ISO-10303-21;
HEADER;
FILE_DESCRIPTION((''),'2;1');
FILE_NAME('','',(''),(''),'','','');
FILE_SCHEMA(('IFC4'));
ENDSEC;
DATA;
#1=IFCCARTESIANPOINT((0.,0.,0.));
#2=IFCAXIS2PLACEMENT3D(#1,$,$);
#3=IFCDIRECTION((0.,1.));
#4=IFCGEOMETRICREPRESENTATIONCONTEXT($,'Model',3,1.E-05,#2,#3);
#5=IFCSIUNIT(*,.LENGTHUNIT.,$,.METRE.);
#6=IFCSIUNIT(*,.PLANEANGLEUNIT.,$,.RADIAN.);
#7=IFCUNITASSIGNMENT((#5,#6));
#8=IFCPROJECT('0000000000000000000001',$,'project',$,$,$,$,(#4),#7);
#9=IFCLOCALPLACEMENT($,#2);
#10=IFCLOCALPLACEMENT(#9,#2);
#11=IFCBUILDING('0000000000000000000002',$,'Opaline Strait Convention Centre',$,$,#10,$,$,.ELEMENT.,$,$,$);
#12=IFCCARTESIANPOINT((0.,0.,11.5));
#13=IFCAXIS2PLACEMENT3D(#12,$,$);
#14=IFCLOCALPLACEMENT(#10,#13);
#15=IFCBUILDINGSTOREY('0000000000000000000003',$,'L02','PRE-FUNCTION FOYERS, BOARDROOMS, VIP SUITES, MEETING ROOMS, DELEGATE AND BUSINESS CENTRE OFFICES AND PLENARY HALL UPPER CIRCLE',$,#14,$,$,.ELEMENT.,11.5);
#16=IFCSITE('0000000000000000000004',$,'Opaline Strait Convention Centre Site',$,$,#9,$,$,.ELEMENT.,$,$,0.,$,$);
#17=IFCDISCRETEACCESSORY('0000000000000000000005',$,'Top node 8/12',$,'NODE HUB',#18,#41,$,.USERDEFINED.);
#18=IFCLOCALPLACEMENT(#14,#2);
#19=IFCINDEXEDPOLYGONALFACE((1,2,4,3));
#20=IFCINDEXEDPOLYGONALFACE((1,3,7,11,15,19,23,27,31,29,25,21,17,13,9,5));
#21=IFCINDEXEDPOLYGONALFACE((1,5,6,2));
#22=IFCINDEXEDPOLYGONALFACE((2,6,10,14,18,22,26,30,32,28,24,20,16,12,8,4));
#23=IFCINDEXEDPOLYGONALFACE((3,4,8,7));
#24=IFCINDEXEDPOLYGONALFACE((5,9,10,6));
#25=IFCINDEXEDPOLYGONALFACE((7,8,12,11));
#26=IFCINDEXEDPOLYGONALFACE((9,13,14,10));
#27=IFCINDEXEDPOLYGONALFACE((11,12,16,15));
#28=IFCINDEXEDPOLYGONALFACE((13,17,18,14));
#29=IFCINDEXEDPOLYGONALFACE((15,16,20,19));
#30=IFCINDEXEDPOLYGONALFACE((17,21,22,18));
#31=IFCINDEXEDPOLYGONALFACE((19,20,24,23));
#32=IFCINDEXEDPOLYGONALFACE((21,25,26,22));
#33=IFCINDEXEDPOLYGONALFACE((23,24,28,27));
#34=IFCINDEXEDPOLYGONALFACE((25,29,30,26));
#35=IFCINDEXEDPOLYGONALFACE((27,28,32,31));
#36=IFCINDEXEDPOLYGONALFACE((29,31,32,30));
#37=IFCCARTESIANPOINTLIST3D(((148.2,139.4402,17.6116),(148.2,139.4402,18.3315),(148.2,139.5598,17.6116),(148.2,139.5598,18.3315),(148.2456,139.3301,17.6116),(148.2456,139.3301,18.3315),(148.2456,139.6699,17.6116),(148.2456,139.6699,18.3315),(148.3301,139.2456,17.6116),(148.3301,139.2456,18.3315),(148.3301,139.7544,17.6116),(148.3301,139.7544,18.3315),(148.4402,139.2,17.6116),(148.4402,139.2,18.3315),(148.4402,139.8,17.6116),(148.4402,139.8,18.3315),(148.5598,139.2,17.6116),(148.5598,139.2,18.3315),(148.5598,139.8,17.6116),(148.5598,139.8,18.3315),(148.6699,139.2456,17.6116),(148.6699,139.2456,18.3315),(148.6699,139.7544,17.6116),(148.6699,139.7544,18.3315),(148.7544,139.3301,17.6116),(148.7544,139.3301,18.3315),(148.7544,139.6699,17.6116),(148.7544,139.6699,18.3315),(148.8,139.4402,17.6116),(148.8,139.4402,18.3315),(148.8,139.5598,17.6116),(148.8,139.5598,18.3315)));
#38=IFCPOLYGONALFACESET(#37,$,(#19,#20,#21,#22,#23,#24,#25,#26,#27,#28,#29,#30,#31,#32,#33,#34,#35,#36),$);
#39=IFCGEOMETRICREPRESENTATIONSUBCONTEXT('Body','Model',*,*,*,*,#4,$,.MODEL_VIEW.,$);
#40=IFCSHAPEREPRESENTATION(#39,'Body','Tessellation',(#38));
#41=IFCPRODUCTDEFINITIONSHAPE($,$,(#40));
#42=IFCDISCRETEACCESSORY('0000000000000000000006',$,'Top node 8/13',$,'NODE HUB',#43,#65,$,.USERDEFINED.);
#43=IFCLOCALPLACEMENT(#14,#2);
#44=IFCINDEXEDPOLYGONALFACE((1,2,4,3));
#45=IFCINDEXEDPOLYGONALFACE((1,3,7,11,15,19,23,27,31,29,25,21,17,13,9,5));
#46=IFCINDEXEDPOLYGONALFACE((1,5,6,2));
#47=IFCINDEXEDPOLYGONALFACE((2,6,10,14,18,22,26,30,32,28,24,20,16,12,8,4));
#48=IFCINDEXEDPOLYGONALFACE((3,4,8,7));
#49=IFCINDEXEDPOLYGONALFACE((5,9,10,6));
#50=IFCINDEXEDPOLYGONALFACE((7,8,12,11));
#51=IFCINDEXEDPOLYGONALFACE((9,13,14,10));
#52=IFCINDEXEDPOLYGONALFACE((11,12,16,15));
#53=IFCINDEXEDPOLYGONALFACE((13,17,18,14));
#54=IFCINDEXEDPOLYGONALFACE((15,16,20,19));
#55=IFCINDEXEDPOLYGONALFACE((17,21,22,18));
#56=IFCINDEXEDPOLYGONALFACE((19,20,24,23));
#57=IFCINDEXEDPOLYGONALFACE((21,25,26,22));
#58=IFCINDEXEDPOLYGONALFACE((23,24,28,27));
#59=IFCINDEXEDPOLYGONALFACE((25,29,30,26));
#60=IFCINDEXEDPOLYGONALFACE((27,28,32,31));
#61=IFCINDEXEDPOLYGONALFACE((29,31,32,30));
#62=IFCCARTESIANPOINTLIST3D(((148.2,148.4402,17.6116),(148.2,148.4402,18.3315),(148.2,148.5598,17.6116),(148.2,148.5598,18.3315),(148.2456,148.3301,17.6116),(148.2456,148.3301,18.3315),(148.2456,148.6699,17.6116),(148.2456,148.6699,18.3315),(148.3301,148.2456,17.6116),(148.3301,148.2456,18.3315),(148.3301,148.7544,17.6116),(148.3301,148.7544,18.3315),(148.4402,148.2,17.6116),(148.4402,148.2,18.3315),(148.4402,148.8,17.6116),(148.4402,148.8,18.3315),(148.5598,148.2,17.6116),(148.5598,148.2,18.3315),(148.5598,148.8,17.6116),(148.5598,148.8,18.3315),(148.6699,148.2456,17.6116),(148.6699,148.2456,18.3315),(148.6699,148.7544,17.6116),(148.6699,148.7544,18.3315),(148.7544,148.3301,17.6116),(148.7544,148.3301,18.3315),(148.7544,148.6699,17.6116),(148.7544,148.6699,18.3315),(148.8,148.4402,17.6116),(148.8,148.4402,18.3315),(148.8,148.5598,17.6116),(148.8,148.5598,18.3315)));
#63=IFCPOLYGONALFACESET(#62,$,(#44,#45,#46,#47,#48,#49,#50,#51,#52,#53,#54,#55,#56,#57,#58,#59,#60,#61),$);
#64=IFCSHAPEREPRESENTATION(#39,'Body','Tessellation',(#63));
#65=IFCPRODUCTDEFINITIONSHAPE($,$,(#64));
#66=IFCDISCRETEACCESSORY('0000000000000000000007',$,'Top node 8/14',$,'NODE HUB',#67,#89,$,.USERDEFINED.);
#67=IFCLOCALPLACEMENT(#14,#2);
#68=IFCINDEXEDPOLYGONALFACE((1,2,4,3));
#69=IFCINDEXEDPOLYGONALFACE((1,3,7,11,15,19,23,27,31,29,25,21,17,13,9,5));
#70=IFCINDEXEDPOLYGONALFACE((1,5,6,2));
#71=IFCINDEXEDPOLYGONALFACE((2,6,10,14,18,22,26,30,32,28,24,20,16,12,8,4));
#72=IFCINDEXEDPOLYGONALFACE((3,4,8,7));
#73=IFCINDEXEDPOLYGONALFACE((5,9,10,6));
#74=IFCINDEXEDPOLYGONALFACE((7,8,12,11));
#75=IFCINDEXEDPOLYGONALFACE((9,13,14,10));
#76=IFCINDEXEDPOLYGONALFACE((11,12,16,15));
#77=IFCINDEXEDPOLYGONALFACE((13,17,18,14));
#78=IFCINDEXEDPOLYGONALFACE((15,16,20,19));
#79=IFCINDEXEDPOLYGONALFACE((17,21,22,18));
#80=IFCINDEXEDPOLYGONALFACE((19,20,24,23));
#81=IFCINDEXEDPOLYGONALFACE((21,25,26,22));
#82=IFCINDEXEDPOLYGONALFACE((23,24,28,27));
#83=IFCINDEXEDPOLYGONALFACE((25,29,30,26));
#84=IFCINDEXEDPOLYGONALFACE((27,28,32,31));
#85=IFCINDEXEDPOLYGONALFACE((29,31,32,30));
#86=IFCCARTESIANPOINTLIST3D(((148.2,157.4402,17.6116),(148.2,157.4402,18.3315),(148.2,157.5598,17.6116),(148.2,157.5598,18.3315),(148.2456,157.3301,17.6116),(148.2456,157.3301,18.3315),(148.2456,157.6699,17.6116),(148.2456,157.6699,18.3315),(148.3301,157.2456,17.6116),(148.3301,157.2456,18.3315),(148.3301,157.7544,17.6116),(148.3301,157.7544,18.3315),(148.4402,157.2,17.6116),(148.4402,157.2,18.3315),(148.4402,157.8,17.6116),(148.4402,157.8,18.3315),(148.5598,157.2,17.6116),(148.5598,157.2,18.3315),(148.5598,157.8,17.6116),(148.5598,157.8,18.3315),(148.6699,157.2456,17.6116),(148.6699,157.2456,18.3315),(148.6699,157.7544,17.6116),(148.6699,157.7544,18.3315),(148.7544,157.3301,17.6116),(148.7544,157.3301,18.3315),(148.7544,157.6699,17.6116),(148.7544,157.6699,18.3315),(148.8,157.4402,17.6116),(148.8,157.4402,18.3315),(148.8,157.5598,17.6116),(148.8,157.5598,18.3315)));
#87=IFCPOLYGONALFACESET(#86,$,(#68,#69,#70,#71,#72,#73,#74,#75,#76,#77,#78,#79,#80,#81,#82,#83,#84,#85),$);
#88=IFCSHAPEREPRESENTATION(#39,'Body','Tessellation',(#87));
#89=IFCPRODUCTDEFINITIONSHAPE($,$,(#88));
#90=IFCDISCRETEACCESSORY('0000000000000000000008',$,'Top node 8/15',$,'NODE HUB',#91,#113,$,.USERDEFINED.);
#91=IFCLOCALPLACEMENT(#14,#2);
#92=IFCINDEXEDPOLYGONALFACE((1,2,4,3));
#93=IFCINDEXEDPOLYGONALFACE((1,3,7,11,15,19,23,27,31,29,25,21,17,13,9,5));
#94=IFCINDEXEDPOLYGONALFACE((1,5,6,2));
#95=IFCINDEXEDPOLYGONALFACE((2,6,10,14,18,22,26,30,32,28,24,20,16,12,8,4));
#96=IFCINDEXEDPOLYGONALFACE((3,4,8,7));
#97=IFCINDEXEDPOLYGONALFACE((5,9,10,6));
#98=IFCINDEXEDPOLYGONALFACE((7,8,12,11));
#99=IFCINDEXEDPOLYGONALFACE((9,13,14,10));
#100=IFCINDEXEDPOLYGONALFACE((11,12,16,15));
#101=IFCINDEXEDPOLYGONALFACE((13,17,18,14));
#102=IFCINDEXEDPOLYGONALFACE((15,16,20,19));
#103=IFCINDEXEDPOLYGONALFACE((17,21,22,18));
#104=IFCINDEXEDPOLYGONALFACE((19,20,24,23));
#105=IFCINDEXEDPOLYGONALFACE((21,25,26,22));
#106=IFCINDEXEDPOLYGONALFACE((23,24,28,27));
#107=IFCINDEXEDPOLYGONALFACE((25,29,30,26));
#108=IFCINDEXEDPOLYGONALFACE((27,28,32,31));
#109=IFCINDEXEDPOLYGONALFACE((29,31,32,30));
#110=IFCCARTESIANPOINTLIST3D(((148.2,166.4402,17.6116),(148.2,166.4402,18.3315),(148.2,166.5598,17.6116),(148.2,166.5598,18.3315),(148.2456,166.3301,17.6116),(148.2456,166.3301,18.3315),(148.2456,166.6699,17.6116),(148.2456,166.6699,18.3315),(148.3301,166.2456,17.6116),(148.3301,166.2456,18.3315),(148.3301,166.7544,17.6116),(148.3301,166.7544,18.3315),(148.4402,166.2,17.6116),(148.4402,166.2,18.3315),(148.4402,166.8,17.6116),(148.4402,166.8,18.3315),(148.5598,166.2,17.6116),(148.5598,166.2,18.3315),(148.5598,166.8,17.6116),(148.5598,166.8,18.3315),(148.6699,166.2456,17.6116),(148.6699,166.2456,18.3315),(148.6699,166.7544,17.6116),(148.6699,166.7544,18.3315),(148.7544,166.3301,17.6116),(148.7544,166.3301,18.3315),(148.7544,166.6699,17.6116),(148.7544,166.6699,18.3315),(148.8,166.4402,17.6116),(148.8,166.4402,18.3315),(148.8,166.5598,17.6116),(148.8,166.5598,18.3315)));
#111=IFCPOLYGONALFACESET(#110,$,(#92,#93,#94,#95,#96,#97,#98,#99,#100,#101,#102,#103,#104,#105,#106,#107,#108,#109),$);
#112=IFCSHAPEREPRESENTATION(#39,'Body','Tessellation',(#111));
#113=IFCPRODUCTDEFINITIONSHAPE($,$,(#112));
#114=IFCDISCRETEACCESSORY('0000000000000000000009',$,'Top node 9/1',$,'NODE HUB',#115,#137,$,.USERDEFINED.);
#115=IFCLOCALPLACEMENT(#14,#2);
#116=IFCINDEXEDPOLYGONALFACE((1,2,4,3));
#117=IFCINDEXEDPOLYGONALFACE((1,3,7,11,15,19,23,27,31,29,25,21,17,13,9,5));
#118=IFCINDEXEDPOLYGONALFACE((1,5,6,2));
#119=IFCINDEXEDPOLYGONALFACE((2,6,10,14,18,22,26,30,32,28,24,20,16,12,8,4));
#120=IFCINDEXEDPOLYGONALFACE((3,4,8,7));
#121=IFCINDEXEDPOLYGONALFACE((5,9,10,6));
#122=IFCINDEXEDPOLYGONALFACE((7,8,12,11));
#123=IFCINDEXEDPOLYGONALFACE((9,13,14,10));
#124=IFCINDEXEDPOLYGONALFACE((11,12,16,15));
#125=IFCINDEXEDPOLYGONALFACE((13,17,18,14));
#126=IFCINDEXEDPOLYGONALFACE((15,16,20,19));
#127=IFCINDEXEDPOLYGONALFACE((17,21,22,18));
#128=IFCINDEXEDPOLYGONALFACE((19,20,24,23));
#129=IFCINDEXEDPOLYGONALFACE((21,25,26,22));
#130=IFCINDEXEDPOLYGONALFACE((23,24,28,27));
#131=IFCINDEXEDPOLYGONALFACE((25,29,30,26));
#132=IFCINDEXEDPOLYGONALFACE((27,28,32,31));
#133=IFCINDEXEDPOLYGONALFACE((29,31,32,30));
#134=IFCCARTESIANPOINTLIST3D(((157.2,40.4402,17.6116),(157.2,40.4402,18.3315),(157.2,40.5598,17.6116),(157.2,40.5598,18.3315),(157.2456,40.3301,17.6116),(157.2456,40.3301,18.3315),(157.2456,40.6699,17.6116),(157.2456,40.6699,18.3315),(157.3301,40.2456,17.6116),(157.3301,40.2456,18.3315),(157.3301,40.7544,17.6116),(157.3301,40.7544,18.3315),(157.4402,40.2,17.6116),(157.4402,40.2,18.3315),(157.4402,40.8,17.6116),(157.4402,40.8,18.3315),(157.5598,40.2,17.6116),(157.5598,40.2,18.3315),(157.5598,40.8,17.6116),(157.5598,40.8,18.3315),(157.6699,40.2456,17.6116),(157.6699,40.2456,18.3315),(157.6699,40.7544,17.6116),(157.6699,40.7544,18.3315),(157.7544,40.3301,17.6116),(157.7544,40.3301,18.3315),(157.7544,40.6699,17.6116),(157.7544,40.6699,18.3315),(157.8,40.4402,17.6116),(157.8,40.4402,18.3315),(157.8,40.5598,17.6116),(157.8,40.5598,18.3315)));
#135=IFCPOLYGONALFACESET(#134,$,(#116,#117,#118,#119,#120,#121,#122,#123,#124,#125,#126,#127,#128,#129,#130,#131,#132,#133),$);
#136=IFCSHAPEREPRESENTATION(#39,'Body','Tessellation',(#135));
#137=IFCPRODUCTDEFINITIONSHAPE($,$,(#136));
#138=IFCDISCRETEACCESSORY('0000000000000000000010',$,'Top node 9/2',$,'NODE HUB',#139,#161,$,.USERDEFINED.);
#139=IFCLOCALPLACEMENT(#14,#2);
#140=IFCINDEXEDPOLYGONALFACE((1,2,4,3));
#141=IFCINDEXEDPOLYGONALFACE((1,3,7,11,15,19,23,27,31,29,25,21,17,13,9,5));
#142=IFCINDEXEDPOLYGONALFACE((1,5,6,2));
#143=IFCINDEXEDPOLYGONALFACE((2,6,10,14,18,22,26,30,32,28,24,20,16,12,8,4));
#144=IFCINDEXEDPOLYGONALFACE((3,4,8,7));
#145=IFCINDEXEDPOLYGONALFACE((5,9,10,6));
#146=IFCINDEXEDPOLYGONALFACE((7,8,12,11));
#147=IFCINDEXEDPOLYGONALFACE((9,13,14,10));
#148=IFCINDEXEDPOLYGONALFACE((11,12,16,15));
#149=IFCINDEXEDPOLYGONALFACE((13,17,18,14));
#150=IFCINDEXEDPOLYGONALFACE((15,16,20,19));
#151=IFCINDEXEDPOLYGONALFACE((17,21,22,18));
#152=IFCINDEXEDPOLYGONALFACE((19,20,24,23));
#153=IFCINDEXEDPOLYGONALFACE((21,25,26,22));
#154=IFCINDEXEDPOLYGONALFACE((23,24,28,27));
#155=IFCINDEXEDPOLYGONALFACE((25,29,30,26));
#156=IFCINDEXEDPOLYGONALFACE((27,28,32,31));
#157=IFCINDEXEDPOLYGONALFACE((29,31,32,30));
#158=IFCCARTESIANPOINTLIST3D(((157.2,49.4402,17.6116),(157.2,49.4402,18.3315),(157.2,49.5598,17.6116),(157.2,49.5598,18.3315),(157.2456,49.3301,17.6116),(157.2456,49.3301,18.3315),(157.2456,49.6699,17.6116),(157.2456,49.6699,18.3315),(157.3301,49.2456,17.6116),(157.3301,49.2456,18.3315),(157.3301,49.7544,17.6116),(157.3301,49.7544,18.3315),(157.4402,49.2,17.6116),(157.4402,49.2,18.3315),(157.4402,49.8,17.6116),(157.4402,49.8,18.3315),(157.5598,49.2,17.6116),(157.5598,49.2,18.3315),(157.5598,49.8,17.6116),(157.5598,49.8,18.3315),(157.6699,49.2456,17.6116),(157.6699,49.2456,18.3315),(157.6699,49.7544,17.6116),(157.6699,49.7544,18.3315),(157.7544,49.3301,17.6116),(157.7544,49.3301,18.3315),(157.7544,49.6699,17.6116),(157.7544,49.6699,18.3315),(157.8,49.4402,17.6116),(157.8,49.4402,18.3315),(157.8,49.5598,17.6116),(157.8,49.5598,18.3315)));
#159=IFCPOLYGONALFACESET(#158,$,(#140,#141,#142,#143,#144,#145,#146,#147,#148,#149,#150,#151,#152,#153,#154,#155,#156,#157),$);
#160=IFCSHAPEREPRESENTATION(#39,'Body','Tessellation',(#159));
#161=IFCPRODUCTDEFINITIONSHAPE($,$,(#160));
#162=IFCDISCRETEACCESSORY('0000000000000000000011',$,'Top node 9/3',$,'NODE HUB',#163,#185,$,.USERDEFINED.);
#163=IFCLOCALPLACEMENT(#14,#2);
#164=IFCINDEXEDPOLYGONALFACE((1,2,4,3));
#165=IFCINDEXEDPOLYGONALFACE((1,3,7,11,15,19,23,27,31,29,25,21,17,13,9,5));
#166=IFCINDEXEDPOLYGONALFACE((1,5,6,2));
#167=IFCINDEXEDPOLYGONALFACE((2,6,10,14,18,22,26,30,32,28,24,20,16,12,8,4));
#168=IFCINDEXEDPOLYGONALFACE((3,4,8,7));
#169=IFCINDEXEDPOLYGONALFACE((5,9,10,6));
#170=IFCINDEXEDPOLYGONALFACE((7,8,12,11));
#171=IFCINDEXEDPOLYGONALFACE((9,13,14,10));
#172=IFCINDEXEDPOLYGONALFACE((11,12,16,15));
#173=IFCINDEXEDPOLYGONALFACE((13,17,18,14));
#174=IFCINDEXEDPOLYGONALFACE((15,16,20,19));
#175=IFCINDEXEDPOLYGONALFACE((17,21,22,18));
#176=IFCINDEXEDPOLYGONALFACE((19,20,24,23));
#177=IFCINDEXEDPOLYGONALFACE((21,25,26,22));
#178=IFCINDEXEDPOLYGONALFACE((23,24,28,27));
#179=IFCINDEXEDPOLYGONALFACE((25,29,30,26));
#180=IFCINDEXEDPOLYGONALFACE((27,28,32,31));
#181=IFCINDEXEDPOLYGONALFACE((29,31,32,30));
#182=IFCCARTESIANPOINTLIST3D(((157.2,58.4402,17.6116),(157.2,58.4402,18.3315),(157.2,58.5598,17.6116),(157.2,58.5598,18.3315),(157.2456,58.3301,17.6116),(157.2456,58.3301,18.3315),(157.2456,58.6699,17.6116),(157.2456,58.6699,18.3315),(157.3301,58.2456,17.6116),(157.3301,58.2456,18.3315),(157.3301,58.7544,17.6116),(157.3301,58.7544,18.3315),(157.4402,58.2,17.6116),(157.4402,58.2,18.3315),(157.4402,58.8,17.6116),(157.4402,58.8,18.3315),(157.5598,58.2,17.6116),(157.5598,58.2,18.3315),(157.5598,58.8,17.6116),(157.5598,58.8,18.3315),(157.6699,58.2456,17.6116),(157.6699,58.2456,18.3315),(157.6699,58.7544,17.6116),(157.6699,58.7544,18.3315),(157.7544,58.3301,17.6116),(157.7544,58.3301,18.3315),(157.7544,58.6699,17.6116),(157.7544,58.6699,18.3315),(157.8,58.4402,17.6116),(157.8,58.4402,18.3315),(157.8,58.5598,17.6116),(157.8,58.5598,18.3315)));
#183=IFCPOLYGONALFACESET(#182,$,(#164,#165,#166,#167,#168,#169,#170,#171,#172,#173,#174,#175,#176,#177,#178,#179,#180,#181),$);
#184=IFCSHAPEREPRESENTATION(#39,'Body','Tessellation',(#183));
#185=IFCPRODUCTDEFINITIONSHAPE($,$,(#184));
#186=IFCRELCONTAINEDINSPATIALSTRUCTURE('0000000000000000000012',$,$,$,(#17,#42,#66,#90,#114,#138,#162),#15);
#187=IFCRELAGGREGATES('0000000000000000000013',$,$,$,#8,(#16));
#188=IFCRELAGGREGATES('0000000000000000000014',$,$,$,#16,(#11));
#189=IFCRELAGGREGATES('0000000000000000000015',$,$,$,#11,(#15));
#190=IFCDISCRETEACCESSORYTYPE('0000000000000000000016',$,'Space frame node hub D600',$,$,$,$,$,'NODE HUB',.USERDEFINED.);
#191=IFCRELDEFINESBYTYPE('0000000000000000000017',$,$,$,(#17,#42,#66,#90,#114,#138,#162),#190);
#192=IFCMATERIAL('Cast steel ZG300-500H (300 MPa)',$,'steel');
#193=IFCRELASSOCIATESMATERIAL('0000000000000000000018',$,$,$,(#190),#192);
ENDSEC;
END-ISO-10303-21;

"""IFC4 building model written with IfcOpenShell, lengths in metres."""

from ifc_helpers import new_model, si_unit, direction, frame, origin, place, context, subcontext, project, spatial, polyline, outline, extrude, material, type_object, element, save


model = new_model("IFC4")

# Units and contexts
model_context = context("Model", 3, precision=1e-05, world=origin(), true_north=direction((0.0, 1.0)))
body_context = subcontext(model_context, "Body", "Model", "MODEL_VIEW")
ifc_project = project(units=[si_unit("LENGTHUNIT", "METRE"), si_unit("PLANEANGLEUNIT", "RADIAN")], contexts=[model_context])

# Site, building, storey
site_placement = place(None, origin())
site = spatial("IfcSite", under=ifc_project, at=site_placement, Name="Opaline Strait Convention Centre Site", CompositionType="ELEMENT", RefElevation=0.0)
building_placement = place(site_placement, origin())
building = spatial("IfcBuilding", under=site, at=building_placement, Name="Opaline Strait Convention Centre", CompositionType="ELEMENT")
storey_placement = place(building_placement, frame((0.0, 0.0, 11.5)))
storey = spatial("IfcBuildingStorey", under=building, at=storey_placement, Name="L02", Description="PRE-FUNCTION FOYERS, BOARDROOMS, VIP SUITES, MEETING ROOMS, DELEGATE AND BUSINESS CENTRE OFFICES AND PLENARY HALL UPPER CIRCLE", CompositionType="ELEMENT", Elevation=11.5)

# Discrete accessories
ifc_material = material(Name="Cast steel ZG300-500H (300 MPa)", Category="steel")
discrete_accessory_type = type_object("IfcDiscreteAccessoryType", Name="Space frame node hub D600", ElementType="NODE HUB", PredefinedType="USERDEFINED", material=ifc_material)
discrete_accessory_1_placement = place(storey_placement, frame((0.0, 0.0, 17.6116)))
element("IfcDiscreteAccessory", 1, at=discrete_accessory_1_placement, inside=storey, type_object=discrete_accessory_type, Name="Top node 8/12", ObjectType="NODE HUB", PredefinedType="USERDEFINED", context=body_context, shape_type="SweptSolid", body=[
    extrude(outline(polyline([(148.8, 139.5598), (148.7544, 139.6699), (148.6699, 139.7544), (148.5598, 139.8), (148.4402, 139.8), (148.3301, 139.7544), (148.2456, 139.6699), (148.2, 139.5598), (148.2, 139.4402), (148.2456, 139.3301), (148.3301, 139.2456), (148.4402, 139.2), (148.5598, 139.2), (148.6699, 139.2456), (148.7544, 139.3301), (148.8, 139.4402), (148.8, 139.5598)])), origin(), (0.0, 0.0, 1.0), 0.72),
])
discrete_accessory_2_placement = place(storey_placement, frame((0.0, 0.0, 17.6116)))
element("IfcDiscreteAccessory", 2, at=discrete_accessory_2_placement, inside=storey, type_object=discrete_accessory_type, Name="Top node 8/13", ObjectType="NODE HUB", PredefinedType="USERDEFINED", context=body_context, shape_type="SweptSolid", body=[
    extrude(outline(polyline([(148.8, 148.5598), (148.7544, 148.6699), (148.6699, 148.7544), (148.5598, 148.8), (148.4402, 148.8), (148.3301, 148.7544), (148.2456, 148.6699), (148.2, 148.5598), (148.2, 148.4402), (148.2456, 148.3301), (148.3301, 148.2456), (148.4402, 148.2), (148.5598, 148.2), (148.6699, 148.2456), (148.7544, 148.3301), (148.8, 148.4402), (148.8, 148.5598)])), origin(), (0.0, 0.0, 1.0), 0.72),
])
discrete_accessory_3_placement = place(storey_placement, frame((0.0, 0.0, 17.6116)))
element("IfcDiscreteAccessory", 3, at=discrete_accessory_3_placement, inside=storey, type_object=discrete_accessory_type, Name="Top node 8/14", ObjectType="NODE HUB", PredefinedType="USERDEFINED", context=body_context, shape_type="SweptSolid", body=[
    extrude(outline(polyline([(148.8, 157.5598), (148.7544, 157.6699), (148.6699, 157.7544), (148.5598, 157.8), (148.4402, 157.8), (148.3301, 157.7544), (148.2456, 157.6699), (148.2, 157.5598), (148.2, 157.4402), (148.2456, 157.3301), (148.3301, 157.2456), (148.4402, 157.2), (148.5598, 157.2), (148.6699, 157.2456), (148.7544, 157.3301), (148.8, 157.4402), (148.8, 157.5598)])), origin(), (0.0, 0.0, 1.0), 0.72),
])
discrete_accessory_4_placement = place(storey_placement, frame((0.0, 0.0, 17.6116)))
element("IfcDiscreteAccessory", 4, at=discrete_accessory_4_placement, inside=storey, type_object=discrete_accessory_type, Name="Top node 8/15", ObjectType="NODE HUB", PredefinedType="USERDEFINED", context=body_context, shape_type="SweptSolid", body=[
    extrude(outline(polyline([(148.8, 166.5598), (148.7544, 166.6699), (148.6699, 166.7544), (148.5598, 166.8), (148.4402, 166.8), (148.3301, 166.7544), (148.2456, 166.6699), (148.2, 166.5598), (148.2, 166.4402), (148.2456, 166.3301), (148.3301, 166.2456), (148.4402, 166.2), (148.5598, 166.2), (148.6699, 166.2456), (148.7544, 166.3301), (148.8, 166.4402), (148.8, 166.5598)])), origin(), (0.0, 0.0, 1.0), 0.72),
])
discrete_accessory_5_placement = place(storey_placement, frame((0.0, 0.0, 17.6116)))
element("IfcDiscreteAccessory", 5, at=discrete_accessory_5_placement, inside=storey, type_object=discrete_accessory_type, Name="Top node 9/1", ObjectType="NODE HUB", PredefinedType="USERDEFINED", context=body_context, shape_type="SweptSolid", body=[
    extrude(outline(polyline([(157.8, 40.5598), (157.7544, 40.6699), (157.6699, 40.7544), (157.5598, 40.8), (157.4402, 40.8), (157.3301, 40.7544), (157.2456, 40.6699), (157.2, 40.5598), (157.2, 40.4402), (157.2456, 40.3301), (157.3301, 40.2456), (157.4402, 40.2), (157.5598, 40.2), (157.6699, 40.2456), (157.7544, 40.3301), (157.8, 40.4402), (157.8, 40.5598)])), origin(), (0.0, 0.0, 1.0), 0.72),
])
discrete_accessory_6_placement = place(storey_placement, frame((0.0, 0.0, 17.6116)))
element("IfcDiscreteAccessory", 6, at=discrete_accessory_6_placement, inside=storey, type_object=discrete_accessory_type, Name="Top node 9/2", ObjectType="NODE HUB", PredefinedType="USERDEFINED", context=body_context, shape_type="SweptSolid", body=[
    extrude(outline(polyline([(157.8, 49.5598), (157.7544, 49.6699), (157.6699, 49.7544), (157.5598, 49.8), (157.4402, 49.8), (157.3301, 49.7544), (157.2456, 49.6699), (157.2, 49.5598), (157.2, 49.4402), (157.2456, 49.3301), (157.3301, 49.2456), (157.4402, 49.2), (157.5598, 49.2), (157.6699, 49.2456), (157.7544, 49.3301), (157.8, 49.4402), (157.8, 49.5598)])), origin(), (0.0, 0.0, 1.0), 0.72),
])
discrete_accessory_7_placement = place(storey_placement, frame((0.0, 0.0, 17.6116)))
element("IfcDiscreteAccessory", 7, at=discrete_accessory_7_placement, inside=storey, type_object=discrete_accessory_type, Name="Top node 9/3", ObjectType="NODE HUB", PredefinedType="USERDEFINED", context=body_context, shape_type="SweptSolid", body=[
    extrude(outline(polyline([(157.8, 58.5598), (157.7544, 58.6699), (157.6699, 58.7544), (157.5598, 58.8), (157.4402, 58.8), (157.3301, 58.7544), (157.2456, 58.6699), (157.2, 58.5598), (157.2, 58.4402), (157.2456, 58.3301), (157.3301, 58.2456), (157.4402, 58.2), (157.5598, 58.2), (157.6699, 58.2456), (157.7544, 58.3301), (157.8, 58.4402), (157.8, 58.5598)])), origin(), (0.0, 0.0, 1.0), 0.72),
])

save(model, "model.ifc")
